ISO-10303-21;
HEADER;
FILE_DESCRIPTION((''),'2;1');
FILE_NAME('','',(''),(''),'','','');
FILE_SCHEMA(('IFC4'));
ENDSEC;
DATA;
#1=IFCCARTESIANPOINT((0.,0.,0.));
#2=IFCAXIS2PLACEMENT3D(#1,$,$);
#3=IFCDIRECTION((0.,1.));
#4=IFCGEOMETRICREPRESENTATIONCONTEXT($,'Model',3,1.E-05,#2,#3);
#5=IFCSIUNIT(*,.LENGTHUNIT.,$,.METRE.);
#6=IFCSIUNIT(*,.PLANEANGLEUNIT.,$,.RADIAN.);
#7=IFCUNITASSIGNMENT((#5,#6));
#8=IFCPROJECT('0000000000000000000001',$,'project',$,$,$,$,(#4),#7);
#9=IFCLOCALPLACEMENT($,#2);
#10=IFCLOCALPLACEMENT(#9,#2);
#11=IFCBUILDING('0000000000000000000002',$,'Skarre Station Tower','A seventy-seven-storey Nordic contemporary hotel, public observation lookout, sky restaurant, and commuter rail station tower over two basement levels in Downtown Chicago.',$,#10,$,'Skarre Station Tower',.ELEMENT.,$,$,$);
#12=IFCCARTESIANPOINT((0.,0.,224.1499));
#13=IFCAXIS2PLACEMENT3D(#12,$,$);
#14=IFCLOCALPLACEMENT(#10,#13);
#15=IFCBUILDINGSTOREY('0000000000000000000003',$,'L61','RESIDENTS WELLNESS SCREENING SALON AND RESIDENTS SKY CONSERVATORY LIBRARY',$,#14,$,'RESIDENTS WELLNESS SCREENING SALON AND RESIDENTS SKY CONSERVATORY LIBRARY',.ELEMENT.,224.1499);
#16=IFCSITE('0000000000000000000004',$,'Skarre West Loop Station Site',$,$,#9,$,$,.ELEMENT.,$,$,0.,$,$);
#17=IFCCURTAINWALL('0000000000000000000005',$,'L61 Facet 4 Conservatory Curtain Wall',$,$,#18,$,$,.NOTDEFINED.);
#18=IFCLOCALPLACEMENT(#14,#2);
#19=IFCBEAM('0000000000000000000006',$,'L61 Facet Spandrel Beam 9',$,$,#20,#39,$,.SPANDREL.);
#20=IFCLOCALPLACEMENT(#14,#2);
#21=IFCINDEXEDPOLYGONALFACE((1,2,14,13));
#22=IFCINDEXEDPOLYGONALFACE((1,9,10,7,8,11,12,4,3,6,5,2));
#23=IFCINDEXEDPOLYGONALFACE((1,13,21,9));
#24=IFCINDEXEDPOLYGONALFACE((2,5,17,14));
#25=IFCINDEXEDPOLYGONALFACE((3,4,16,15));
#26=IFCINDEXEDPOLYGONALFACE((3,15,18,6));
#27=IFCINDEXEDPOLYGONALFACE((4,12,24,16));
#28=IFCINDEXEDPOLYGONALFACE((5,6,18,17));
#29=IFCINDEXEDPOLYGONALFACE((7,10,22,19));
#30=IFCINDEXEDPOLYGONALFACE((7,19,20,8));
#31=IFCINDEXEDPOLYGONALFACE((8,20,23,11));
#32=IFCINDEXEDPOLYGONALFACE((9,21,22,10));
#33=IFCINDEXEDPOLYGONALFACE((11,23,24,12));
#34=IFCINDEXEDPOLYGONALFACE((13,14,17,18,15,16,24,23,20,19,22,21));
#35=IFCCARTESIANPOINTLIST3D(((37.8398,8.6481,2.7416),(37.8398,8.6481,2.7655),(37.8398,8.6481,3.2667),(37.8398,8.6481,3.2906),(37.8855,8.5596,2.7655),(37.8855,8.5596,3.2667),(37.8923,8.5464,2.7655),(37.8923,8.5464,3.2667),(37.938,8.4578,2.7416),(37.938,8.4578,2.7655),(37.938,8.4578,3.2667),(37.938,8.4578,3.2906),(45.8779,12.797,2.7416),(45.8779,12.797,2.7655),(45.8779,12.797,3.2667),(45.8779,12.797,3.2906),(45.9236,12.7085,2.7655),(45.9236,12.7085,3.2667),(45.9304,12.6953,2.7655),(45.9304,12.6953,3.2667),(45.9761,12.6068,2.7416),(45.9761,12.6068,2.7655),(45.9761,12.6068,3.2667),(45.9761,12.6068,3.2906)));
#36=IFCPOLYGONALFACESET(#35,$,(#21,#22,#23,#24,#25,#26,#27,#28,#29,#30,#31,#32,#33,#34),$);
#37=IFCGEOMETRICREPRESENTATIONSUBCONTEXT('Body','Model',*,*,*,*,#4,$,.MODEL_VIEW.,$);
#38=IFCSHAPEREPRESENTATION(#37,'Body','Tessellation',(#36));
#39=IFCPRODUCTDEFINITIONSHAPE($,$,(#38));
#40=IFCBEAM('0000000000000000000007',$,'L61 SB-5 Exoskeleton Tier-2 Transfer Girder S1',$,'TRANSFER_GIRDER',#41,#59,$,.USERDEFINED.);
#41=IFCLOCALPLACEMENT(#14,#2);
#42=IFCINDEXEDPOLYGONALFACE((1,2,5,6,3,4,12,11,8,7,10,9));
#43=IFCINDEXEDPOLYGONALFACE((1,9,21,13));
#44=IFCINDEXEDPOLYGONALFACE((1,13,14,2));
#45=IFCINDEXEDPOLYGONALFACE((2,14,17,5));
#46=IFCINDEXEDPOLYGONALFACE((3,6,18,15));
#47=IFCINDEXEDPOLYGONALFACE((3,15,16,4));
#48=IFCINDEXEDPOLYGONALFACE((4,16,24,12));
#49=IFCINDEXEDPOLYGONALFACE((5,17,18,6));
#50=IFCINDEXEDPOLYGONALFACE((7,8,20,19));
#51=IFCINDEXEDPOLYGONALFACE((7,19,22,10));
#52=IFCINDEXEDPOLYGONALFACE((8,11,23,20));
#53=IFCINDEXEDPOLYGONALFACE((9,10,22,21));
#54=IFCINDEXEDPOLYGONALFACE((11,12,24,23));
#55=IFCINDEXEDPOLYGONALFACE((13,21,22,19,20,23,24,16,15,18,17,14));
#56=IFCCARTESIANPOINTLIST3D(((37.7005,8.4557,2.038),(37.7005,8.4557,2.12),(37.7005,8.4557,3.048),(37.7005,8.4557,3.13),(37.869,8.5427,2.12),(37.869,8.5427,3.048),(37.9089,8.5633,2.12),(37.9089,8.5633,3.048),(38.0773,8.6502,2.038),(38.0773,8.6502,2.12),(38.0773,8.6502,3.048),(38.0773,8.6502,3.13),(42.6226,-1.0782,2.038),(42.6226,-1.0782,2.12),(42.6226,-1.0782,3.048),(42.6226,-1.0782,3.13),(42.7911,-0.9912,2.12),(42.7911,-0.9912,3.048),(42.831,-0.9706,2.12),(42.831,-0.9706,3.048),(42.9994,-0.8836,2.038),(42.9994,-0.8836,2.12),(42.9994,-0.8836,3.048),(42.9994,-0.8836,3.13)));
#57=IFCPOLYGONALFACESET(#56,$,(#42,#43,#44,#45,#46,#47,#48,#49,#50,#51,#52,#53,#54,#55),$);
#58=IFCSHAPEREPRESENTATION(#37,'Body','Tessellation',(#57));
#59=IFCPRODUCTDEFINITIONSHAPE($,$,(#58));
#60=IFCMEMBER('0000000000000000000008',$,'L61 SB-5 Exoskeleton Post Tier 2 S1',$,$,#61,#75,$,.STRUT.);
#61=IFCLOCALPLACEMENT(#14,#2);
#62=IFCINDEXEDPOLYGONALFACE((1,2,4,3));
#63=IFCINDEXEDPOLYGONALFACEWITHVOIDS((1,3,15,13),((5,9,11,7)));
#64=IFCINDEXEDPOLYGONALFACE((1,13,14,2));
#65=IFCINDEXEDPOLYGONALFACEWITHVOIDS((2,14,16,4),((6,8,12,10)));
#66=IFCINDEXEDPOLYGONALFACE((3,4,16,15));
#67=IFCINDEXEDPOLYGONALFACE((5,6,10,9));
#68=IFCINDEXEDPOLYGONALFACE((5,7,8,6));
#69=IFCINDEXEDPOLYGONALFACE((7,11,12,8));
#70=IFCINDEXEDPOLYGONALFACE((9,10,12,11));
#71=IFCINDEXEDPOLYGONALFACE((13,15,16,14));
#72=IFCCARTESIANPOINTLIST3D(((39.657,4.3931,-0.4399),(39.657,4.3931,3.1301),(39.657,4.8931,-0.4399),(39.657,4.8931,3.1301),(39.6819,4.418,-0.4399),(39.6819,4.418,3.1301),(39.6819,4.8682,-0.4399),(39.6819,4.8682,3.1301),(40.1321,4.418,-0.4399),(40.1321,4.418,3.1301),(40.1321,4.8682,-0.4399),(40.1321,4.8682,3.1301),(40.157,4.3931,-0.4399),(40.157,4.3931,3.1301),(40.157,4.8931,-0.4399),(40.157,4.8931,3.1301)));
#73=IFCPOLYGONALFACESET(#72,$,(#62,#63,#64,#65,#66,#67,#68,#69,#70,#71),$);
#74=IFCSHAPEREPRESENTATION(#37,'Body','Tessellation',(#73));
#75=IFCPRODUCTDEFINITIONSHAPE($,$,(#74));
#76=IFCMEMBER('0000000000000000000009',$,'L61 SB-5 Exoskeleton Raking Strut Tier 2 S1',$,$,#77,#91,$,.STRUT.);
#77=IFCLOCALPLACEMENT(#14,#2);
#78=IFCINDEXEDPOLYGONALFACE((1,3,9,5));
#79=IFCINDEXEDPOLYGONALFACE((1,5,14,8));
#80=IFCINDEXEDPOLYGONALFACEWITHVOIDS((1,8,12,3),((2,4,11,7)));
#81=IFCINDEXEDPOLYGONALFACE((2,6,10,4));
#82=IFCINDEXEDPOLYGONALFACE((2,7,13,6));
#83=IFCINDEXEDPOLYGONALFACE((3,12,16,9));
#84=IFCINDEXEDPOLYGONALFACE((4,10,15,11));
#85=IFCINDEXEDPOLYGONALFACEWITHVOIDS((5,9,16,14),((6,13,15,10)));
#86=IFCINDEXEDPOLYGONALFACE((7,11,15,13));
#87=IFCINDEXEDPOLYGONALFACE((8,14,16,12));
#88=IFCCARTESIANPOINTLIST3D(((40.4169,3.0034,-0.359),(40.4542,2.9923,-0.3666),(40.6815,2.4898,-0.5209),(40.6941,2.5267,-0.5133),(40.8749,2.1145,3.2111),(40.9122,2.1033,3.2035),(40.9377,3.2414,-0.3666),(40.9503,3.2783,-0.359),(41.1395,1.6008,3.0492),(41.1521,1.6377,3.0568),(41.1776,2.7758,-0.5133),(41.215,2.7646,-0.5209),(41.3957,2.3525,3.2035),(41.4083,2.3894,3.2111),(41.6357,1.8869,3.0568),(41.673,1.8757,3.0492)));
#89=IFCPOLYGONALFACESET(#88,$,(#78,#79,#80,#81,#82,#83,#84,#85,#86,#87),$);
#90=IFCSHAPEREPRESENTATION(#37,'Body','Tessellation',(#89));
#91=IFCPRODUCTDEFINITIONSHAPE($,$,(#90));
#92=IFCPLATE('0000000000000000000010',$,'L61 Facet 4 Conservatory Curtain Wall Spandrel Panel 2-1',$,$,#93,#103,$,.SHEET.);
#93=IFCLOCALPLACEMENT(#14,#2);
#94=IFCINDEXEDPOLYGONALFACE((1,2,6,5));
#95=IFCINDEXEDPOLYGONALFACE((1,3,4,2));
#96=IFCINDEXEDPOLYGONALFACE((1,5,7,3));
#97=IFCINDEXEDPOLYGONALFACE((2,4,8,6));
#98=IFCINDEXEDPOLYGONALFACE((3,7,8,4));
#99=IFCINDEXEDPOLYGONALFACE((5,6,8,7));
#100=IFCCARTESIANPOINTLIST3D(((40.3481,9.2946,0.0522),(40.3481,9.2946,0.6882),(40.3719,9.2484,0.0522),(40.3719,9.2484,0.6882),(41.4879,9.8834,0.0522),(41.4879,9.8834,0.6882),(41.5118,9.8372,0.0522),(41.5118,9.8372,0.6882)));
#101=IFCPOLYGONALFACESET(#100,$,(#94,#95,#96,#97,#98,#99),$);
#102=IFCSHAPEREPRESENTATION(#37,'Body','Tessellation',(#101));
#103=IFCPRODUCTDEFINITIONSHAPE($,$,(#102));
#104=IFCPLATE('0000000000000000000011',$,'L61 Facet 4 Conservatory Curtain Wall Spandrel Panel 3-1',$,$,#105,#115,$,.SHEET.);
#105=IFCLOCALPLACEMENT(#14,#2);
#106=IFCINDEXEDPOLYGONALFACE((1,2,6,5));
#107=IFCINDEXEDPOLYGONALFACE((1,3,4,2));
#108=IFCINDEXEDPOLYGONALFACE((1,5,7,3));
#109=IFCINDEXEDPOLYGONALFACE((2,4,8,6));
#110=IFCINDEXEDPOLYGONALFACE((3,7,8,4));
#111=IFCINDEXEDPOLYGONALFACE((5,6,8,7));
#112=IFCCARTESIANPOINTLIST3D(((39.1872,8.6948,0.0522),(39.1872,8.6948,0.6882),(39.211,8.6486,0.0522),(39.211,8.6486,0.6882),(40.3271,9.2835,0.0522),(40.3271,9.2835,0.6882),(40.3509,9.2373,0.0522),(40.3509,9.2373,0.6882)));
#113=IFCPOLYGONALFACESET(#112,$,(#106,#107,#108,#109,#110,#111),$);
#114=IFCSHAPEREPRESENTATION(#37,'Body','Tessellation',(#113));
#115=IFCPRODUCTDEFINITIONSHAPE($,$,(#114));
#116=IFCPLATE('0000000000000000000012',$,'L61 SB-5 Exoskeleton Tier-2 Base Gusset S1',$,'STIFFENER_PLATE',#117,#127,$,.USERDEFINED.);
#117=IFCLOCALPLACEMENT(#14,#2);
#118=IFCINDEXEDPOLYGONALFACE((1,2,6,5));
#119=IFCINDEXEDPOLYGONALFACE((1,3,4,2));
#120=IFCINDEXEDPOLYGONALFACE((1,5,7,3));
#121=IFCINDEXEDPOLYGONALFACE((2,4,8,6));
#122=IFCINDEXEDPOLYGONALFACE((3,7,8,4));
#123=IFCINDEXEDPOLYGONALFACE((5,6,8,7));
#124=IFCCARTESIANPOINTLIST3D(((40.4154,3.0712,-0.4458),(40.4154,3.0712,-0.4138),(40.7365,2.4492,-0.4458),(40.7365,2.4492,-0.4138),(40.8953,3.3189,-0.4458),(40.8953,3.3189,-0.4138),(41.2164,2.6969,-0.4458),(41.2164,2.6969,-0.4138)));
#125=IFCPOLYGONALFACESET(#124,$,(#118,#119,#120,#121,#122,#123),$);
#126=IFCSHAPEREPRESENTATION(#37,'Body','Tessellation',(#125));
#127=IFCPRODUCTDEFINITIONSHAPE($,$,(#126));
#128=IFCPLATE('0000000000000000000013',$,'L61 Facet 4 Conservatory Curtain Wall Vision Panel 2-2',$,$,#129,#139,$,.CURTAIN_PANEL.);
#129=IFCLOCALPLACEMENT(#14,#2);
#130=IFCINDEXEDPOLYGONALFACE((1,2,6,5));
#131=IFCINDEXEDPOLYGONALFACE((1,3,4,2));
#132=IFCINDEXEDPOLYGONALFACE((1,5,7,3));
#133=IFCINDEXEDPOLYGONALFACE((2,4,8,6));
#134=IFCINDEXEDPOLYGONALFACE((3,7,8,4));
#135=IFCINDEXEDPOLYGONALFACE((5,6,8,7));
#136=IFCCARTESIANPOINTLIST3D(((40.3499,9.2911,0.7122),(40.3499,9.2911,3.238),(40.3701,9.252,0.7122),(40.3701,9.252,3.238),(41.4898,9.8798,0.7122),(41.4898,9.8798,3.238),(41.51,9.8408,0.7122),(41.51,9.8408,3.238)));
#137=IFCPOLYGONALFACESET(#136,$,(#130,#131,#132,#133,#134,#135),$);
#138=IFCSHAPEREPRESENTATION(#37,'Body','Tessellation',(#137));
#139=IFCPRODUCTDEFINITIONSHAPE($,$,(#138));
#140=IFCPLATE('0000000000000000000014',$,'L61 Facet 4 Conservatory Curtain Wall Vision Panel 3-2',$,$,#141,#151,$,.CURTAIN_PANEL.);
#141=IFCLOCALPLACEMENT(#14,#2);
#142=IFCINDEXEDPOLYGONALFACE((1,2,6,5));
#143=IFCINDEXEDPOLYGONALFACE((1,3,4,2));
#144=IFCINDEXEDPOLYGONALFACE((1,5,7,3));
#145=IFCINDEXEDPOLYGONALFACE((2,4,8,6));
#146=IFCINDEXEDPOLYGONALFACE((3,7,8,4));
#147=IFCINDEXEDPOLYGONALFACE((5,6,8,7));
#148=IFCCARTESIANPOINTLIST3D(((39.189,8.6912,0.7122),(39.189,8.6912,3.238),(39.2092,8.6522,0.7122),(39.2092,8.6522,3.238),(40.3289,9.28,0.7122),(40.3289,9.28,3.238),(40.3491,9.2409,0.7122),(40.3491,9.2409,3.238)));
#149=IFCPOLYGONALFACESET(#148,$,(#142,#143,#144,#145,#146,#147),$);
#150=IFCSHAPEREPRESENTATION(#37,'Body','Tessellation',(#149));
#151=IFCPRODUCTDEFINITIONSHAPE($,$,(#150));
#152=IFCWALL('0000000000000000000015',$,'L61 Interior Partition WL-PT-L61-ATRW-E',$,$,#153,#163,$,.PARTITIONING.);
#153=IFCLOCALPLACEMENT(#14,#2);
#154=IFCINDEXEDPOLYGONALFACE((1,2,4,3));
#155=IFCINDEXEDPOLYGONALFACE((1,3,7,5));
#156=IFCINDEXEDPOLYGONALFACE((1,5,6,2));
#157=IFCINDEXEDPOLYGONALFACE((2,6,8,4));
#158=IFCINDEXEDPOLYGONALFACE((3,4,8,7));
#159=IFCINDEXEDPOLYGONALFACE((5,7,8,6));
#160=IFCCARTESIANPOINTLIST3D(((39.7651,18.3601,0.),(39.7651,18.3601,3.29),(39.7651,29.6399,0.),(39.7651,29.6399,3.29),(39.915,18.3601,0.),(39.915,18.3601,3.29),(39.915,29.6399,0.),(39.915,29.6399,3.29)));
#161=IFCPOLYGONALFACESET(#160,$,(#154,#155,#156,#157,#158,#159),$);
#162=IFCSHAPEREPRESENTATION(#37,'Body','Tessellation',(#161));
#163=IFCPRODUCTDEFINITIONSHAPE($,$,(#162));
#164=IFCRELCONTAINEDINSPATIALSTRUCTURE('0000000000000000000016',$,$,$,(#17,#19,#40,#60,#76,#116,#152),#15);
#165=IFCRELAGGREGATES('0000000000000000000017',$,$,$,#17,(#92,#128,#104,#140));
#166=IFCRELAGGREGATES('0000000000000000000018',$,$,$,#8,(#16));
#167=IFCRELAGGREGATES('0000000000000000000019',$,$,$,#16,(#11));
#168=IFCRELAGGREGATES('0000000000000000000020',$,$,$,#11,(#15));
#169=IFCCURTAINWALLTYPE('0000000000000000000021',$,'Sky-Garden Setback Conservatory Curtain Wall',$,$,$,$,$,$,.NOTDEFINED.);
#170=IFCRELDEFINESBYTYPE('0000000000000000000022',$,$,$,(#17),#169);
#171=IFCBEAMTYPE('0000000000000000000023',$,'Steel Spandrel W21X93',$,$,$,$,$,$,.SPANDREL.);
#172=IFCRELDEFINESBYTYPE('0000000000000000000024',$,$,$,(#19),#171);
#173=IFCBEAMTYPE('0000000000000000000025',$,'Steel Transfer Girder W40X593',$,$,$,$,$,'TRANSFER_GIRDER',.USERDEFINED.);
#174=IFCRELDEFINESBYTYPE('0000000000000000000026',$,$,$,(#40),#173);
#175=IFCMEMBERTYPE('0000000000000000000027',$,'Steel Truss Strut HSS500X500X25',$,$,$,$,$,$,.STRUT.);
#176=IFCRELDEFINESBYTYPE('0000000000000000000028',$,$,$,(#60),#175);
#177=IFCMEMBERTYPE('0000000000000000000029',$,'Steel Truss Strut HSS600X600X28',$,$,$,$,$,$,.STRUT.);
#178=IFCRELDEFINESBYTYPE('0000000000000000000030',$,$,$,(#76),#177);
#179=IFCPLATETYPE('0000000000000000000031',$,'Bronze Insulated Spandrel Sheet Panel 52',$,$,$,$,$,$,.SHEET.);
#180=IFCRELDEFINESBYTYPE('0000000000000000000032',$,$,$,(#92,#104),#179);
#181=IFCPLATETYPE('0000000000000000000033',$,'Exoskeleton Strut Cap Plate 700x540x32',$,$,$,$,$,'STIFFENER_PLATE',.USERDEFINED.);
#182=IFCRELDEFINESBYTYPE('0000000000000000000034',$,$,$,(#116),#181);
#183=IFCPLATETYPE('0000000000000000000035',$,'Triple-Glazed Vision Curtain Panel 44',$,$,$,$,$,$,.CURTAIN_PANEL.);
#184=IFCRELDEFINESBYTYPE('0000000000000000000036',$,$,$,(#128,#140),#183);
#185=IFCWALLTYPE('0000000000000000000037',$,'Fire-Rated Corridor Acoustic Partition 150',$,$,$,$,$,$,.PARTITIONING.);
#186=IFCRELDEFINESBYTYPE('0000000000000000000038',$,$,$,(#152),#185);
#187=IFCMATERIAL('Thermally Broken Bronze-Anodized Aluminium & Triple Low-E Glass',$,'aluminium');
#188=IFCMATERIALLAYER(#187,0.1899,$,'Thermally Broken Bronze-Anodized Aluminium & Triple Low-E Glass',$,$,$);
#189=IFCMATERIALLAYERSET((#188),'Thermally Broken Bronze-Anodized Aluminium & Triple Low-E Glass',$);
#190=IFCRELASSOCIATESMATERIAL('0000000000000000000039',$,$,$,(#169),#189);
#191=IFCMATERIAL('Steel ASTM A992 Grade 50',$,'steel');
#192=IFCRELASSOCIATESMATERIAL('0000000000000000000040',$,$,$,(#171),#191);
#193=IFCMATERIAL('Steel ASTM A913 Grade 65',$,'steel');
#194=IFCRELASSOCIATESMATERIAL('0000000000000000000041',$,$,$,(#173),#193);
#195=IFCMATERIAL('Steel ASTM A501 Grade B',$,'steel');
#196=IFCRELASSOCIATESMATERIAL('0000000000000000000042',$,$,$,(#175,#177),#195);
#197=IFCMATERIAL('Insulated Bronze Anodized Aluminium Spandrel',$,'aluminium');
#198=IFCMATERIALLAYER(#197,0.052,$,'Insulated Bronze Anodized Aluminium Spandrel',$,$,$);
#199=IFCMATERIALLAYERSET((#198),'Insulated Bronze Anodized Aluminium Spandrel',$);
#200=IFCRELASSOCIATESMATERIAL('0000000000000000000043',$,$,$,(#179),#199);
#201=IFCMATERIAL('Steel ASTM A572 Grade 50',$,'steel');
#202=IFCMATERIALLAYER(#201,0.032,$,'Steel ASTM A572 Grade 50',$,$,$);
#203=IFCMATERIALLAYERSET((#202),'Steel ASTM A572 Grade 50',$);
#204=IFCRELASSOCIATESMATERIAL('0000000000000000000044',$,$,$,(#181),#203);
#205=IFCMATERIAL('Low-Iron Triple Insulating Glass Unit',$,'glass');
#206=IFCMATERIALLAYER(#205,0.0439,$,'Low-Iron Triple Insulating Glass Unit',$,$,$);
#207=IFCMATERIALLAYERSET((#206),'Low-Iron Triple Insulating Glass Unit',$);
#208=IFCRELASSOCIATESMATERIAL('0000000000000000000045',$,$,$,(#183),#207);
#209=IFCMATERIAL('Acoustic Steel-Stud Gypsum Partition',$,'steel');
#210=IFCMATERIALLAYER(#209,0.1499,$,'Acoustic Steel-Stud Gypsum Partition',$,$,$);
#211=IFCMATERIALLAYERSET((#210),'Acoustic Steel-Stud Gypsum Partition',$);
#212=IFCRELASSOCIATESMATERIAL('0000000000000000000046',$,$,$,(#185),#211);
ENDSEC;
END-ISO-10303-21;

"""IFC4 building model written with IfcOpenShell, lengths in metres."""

from ifc_helpers import new_model, si_unit, direction, frame, frame_2d, origin, origin_2d, place, context, subcontext, project, spatial, rectangle, hollow_rectangle, i_section, extrude, material, layer, layer_set, material_profile, profile_set, type_object, element, aggregate, save


model = new_model("IFC4")

# Units and contexts
model_context = context("Model", 3, precision=1e-05, world=origin(), true_north=direction((0.0, 1.0)))
body_context = subcontext(model_context, "Body", "Model", "MODEL_VIEW")
ifc_project = project(units=[si_unit("LENGTHUNIT", "METRE"), si_unit("PLANEANGLEUNIT", "RADIAN")], contexts=[model_context])

# Site, building, storey
site_placement = place(None, origin())
site = spatial("IfcSite", under=ifc_project, at=site_placement, Name="Skarre West Loop Station Site", CompositionType="ELEMENT", RefElevation=0.0)
building_placement = place(site_placement, origin())
building = spatial("IfcBuilding", under=site, at=building_placement, Name="Skarre Station Tower", Description="A seventy-seven-storey Nordic contemporary hotel, public observation lookout, sky restaurant, and commuter rail station tower over two basement levels in Downtown Chicago.", LongName="Skarre Station Tower", CompositionType="ELEMENT")
storey_placement = place(building_placement, frame((0.0, 0.0, 224.1499)))
storey = spatial("IfcBuildingStorey", under=building, at=storey_placement, Name="L61", Description="RESIDENTS WELLNESS SCREENING SALON AND RESIDENTS SKY CONSERVATORY LIBRARY", LongName="RESIDENTS WELLNESS SCREENING SALON AND RESIDENTS SKY CONSERVATORY LIBRARY", CompositionType="ELEMENT", Elevation=224.1499)

# Curtain wall
ifc_material_1 = material(Name="Thermally Broken Bronze-Anodized Aluminium & Triple Low-E Glass", Category="aluminium")
ifc_layer_1 = layer(ifc_material_1, 0.1899, Name="Thermally Broken Bronze-Anodized Aluminium & Triple Low-E Glass")
ifc_layer_set_1 = layer_set([ifc_layer_1], Name="Thermally Broken Bronze-Anodized Aluminium & Triple Low-E Glass")
curtain_wall_type = type_object("IfcCurtainWallType", Name="Sky-Garden Setback Conservatory Curtain Wall", PredefinedType="NOTDEFINED", material=ifc_layer_set_1)
curtain_wall_placement = place(storey_placement, origin())
curtain_wall = element("IfcCurtainWall", 1, at=curtain_wall_placement, inside=storey, type_object=curtain_wall_type, Name="L61 Facet 4 Conservatory Curtain Wall", PredefinedType="NOTDEFINED")

# Beams
ifc_material_2 = material(Name="Steel ASTM A992 Grade 50", Category="steel")
ifc_material_profile_1 = material_profile(ifc_material_2, i_section(OverallWidth=0.2141, OverallDepth=0.5491, WebThickness=0.0149, FlangeThickness=0.0239, at=origin_2d()), Name="Steel ASTM A992 Grade 50")
ifc_profile_set_1 = profile_set([ifc_material_profile_1], Name="Steel ASTM A992 Grade 50")
beam_type_1 = type_object("IfcBeamType", Name="Steel Spandrel W21X93", PredefinedType="SPANDREL", material=ifc_profile_set_1)
beam_1_placement = place(storey_placement, frame((37.8889, 8.553, 3.0161), z_axis=(0.88861, 0.458664, 0.0), x_axis=(-0.458664, 0.88861, 0.0)))
element("IfcBeam", 2, at=beam_1_placement, inside=storey, type_object=beam_type_1, Name="L61 Facet Spandrel Beam 9", PredefinedType="SPANDREL", context=body_context, shape_type="SweptSolid", body=[
    extrude(i_section(OverallWidth=0.2141, OverallDepth=0.5491, WebThickness=0.0149, FlangeThickness=0.0239, at=origin_2d()), origin(), (0.0, 0.0, 1.0), 9.0457),
])
ifc_material_3 = material(Name="Steel ASTM A913 Grade 65", Category="steel")
ifc_material_profile_2 = material_profile(ifc_material_3, i_section(OverallWidth=0.4241, OverallDepth=1.092, WebThickness=0.0449, FlangeThickness=0.082, at=origin_2d()), Name="Steel ASTM A913 Grade 65")
ifc_profile_set_2 = profile_set([ifc_material_profile_2], Name="Steel ASTM A913 Grade 65")
beam_type_2 = type_object("IfcBeamType", Name="Steel Transfer Girder W40X593", ElementType="TRANSFER_GIRDER", PredefinedType="USERDEFINED", material=ifc_profile_set_2)
beam_2_placement = place(storey_placement, frame((37.8889, 8.553, 2.584), z_axis=(0.458744, -0.888568, 0.0), x_axis=(0.888568, 0.458744, 0.0)))
element("IfcBeam", 3, at=beam_2_placement, inside=storey, type_object=beam_type_2, Name="L61 SB-5 Exoskeleton Tier-2 Transfer Girder S1", ObjectType="TRANSFER_GIRDER", PredefinedType="USERDEFINED", context=body_context, shape_type="SweptSolid", body=[
    extrude(i_section(OverallWidth=0.4241, OverallDepth=1.092, WebThickness=0.0449, FlangeThickness=0.082, at=origin_2d()), origin(), (0.0, 0.0, 1.0), 10.7295),
])

# Members
ifc_material_4 = material(Name="Steel ASTM A501 Grade B", Category="steel")
ifc_material_profile_3 = material_profile(ifc_material_4, hollow_rectangle(XDim=0.5, YDim=0.5, WallThickness=0.0249, at=origin_2d()), Name="Steel ASTM A501 Grade B")
ifc_profile_set_3 = profile_set([ifc_material_profile_3], Name="Steel ASTM A501 Grade B")
member_type_1 = type_object("IfcMemberType", Name="Steel Truss Strut HSS500X500X25", PredefinedType="STRUT", material=ifc_profile_set_3)
member_1_placement = place(storey_placement, frame((39.907, 4.6431, -0.4399), z_axis=(0.0, 0.0, 1.0), x_axis=(1.0, 0.0, 0.0)))
element("IfcMember", 4, at=member_1_placement, inside=storey, type_object=member_type_1, Name="L61 SB-5 Exoskeleton Post Tier 2 S1", PredefinedType="STRUT", context=body_context, shape_type="SweptSolid", body=[
    extrude(hollow_rectangle(XDim=0.5, YDim=0.5, WallThickness=0.0249, at=origin_2d()), origin(), (0.0, 0.0, 1.0), 3.5701),
])
ifc_material_profile_4 = material_profile(ifc_material_4, hollow_rectangle(XDim=0.6001, YDim=0.6001, WallThickness=0.0281, at=origin_2d()), Name="Steel ASTM A501 Grade B")
ifc_profile_set_4 = profile_set([ifc_material_profile_4], Name="Steel ASTM A501 Grade B")
member_type_2 = type_object("IfcMemberType", Name="Steel Truss Strut HSS600X600X28", PredefinedType="STRUT", material=ifc_profile_set_4)
member_2_placement = place(storey_placement, frame((40.8159, 2.884, -0.4399), z_axis=(0.123536, -0.239764, 0.962939), x_axis=(0.888941, 0.458021, 0.0)))
element("IfcMember", 5, at=member_2_placement, inside=storey, type_object=member_type_2, Name="L61 SB-5 Exoskeleton Raking Strut Tier 2 S1", PredefinedType="STRUT", context=body_context, shape_type="SweptSolid", body=[
    extrude(hollow_rectangle(XDim=0.6001, YDim=0.6001, WallThickness=0.0281, at=origin_2d()), origin(), (0.0, 0.0, 1.0), 3.7075),
])

# Plates
ifc_material_5 = material(Name="Insulated Bronze Anodized Aluminium Spandrel", Category="aluminium")
ifc_layer_2 = layer(ifc_material_5, 0.052, Name="Insulated Bronze Anodized Aluminium Spandrel")
ifc_layer_set_2 = layer_set([ifc_layer_2], Name="Insulated Bronze Anodized Aluminium Spandrel")
plate_type_1 = type_object("IfcPlateType", Name="Bronze Insulated Spandrel Sheet Panel 52", PredefinedType="SHEET", material=ifc_layer_set_2)
plate_1_placement = place(storey_placement, frame((40.9299, 9.5659, 0.0522), z_axis=(0.0, 0.0, 1.0), x_axis=(-0.888481, -0.458913, 0.0)))
plate_1 = element("IfcPlate", 6, at=plate_1_placement, type_object=plate_type_1, Name="L61 Facet 4 Conservatory Curtain Wall Spandrel Panel 2-1", PredefinedType="SHEET", context=body_context, shape_type="SweptSolid", body=[
    extrude(rectangle(XDim=1.283, YDim=0.052, at=origin_2d()), origin(), (0.0, 0.0, 1.0), 0.636),
])
plate_2_placement = place(storey_placement, frame((39.769, 8.9661, 0.0522), z_axis=(0.0, 0.0, 1.0), x_axis=(-0.888481, -0.458913, 0.0)))
plate_2 = element("IfcPlate", 7, at=plate_2_placement, type_object=plate_type_1, Name="L61 Facet 4 Conservatory Curtain Wall Spandrel Panel 3-1", PredefinedType="SHEET", context=body_context, shape_type="SweptSolid", body=[
    extrude(rectangle(XDim=1.283, YDim=0.052, at=origin_2d()), origin(), (0.0, 0.0, 1.0), 0.636),
])
ifc_material_6 = material(Name="Steel ASTM A572 Grade 50", Category="steel")
ifc_layer_3 = layer(ifc_material_6, 0.032, Name="Steel ASTM A572 Grade 50")
ifc_layer_set_3 = layer_set([ifc_layer_3], Name="Steel ASTM A572 Grade 50")
plate_type_2 = type_object("IfcPlateType", Name="Exoskeleton Strut Cap Plate 700x540x32", ElementType="STIFFENER_PLATE", PredefinedType="USERDEFINED", material=ifc_layer_set_3)
plate_3_placement = place(storey_placement, frame((40.8159, 2.884, -0.4458), z_axis=(0.0, 0.0, 1.0), x_axis=(0.458712, -0.888585, 0.0)))
element("IfcPlate", 8, at=plate_3_placement, inside=storey, type_object=plate_type_2, Name="L61 SB-5 Exoskeleton Tier-2 Base Gusset S1", ObjectType="STIFFENER_PLATE", PredefinedType="USERDEFINED", context=body_context, shape_type="SweptSolid", body=[
    extrude(rectangle(XDim=0.7, YDim=0.54, at=origin_2d()), origin(), (0.0, 0.0, 1.0), 0.032),
])
ifc_material_7 = material(Name="Low-Iron Triple Insulating Glass Unit", Category="glass")
ifc_layer_4 = layer(ifc_material_7, 0.0439, Name="Low-Iron Triple Insulating Glass Unit")
ifc_layer_set_4 = layer_set([ifc_layer_4], Name="Low-Iron Triple Insulating Glass Unit")
plate_type_3 = type_object("IfcPlateType", Name="Triple-Glazed Vision Curtain Panel 44", PredefinedType="CURTAIN_PANEL", material=ifc_layer_set_4)
plate_4_placement = place(storey_placement, frame((40.9299, 9.5659, 0.7122), z_axis=(0.0, 0.0, 1.0), x_axis=(-0.888481, -0.458913, 0.0)))
plate_4 = element("IfcPlate", 9, at=plate_4_placement, type_object=plate_type_3, Name="L61 Facet 4 Conservatory Curtain Wall Vision Panel 2-2", PredefinedType="CURTAIN_PANEL", context=body_context, shape_type="SweptSolid", body=[
    extrude(rectangle(XDim=1.283, YDim=0.0439, at=origin_2d()), origin(), (0.0, 0.0, 1.0), 2.5259),
])
plate_5_placement = place(storey_placement, frame((39.769, 8.9661, 0.7122), z_axis=(0.0, 0.0, 1.0), x_axis=(-0.888481, -0.458913, 0.0)))
plate_5 = element("IfcPlate", 10, at=plate_5_placement, type_object=plate_type_3, Name="L61 Facet 4 Conservatory Curtain Wall Vision Panel 3-2", PredefinedType="CURTAIN_PANEL", context=body_context, shape_type="SweptSolid", body=[
    extrude(rectangle(XDim=1.283, YDim=0.0439, at=origin_2d()), origin(), (0.0, 0.0, 1.0), 2.5259),
])
aggregate(curtain_wall, [plate_1, plate_4, plate_2, plate_5])

# Wall
ifc_material_8 = material(Name="Acoustic Steel-Stud Gypsum Partition", Category="steel")
ifc_layer_5 = layer(ifc_material_8, 0.1499, Name="Acoustic Steel-Stud Gypsum Partition")
ifc_layer_set_5 = layer_set([ifc_layer_5], Name="Acoustic Steel-Stud Gypsum Partition")
wall_type_1 = type_object("IfcWallType", Name="Fire-Rated Corridor Acoustic Partition 150", PredefinedType="PARTITIONING", material=ifc_layer_set_5)
wall_1_placement = place(storey_placement, frame((39.8401, 18.3601, 0.0), z_axis=(0.0, 0.0, 1.0), x_axis=(0.0, 1.0, 0.0)))
element("IfcWall", 11, at=wall_1_placement, inside=storey, type_object=wall_type_1, Name="L61 Interior Partition WL-PT-L61-ATRW-E", PredefinedType="PARTITIONING", context=body_context, shape_type="SweptSolid", body=[
    extrude(rectangle(XDim=11.2798, YDim=0.1499, at=frame_2d((5.6399, 0.0))), origin(), (0.0, 0.0, 1.0), 3.29),
])

save(model, "model.ifc")
